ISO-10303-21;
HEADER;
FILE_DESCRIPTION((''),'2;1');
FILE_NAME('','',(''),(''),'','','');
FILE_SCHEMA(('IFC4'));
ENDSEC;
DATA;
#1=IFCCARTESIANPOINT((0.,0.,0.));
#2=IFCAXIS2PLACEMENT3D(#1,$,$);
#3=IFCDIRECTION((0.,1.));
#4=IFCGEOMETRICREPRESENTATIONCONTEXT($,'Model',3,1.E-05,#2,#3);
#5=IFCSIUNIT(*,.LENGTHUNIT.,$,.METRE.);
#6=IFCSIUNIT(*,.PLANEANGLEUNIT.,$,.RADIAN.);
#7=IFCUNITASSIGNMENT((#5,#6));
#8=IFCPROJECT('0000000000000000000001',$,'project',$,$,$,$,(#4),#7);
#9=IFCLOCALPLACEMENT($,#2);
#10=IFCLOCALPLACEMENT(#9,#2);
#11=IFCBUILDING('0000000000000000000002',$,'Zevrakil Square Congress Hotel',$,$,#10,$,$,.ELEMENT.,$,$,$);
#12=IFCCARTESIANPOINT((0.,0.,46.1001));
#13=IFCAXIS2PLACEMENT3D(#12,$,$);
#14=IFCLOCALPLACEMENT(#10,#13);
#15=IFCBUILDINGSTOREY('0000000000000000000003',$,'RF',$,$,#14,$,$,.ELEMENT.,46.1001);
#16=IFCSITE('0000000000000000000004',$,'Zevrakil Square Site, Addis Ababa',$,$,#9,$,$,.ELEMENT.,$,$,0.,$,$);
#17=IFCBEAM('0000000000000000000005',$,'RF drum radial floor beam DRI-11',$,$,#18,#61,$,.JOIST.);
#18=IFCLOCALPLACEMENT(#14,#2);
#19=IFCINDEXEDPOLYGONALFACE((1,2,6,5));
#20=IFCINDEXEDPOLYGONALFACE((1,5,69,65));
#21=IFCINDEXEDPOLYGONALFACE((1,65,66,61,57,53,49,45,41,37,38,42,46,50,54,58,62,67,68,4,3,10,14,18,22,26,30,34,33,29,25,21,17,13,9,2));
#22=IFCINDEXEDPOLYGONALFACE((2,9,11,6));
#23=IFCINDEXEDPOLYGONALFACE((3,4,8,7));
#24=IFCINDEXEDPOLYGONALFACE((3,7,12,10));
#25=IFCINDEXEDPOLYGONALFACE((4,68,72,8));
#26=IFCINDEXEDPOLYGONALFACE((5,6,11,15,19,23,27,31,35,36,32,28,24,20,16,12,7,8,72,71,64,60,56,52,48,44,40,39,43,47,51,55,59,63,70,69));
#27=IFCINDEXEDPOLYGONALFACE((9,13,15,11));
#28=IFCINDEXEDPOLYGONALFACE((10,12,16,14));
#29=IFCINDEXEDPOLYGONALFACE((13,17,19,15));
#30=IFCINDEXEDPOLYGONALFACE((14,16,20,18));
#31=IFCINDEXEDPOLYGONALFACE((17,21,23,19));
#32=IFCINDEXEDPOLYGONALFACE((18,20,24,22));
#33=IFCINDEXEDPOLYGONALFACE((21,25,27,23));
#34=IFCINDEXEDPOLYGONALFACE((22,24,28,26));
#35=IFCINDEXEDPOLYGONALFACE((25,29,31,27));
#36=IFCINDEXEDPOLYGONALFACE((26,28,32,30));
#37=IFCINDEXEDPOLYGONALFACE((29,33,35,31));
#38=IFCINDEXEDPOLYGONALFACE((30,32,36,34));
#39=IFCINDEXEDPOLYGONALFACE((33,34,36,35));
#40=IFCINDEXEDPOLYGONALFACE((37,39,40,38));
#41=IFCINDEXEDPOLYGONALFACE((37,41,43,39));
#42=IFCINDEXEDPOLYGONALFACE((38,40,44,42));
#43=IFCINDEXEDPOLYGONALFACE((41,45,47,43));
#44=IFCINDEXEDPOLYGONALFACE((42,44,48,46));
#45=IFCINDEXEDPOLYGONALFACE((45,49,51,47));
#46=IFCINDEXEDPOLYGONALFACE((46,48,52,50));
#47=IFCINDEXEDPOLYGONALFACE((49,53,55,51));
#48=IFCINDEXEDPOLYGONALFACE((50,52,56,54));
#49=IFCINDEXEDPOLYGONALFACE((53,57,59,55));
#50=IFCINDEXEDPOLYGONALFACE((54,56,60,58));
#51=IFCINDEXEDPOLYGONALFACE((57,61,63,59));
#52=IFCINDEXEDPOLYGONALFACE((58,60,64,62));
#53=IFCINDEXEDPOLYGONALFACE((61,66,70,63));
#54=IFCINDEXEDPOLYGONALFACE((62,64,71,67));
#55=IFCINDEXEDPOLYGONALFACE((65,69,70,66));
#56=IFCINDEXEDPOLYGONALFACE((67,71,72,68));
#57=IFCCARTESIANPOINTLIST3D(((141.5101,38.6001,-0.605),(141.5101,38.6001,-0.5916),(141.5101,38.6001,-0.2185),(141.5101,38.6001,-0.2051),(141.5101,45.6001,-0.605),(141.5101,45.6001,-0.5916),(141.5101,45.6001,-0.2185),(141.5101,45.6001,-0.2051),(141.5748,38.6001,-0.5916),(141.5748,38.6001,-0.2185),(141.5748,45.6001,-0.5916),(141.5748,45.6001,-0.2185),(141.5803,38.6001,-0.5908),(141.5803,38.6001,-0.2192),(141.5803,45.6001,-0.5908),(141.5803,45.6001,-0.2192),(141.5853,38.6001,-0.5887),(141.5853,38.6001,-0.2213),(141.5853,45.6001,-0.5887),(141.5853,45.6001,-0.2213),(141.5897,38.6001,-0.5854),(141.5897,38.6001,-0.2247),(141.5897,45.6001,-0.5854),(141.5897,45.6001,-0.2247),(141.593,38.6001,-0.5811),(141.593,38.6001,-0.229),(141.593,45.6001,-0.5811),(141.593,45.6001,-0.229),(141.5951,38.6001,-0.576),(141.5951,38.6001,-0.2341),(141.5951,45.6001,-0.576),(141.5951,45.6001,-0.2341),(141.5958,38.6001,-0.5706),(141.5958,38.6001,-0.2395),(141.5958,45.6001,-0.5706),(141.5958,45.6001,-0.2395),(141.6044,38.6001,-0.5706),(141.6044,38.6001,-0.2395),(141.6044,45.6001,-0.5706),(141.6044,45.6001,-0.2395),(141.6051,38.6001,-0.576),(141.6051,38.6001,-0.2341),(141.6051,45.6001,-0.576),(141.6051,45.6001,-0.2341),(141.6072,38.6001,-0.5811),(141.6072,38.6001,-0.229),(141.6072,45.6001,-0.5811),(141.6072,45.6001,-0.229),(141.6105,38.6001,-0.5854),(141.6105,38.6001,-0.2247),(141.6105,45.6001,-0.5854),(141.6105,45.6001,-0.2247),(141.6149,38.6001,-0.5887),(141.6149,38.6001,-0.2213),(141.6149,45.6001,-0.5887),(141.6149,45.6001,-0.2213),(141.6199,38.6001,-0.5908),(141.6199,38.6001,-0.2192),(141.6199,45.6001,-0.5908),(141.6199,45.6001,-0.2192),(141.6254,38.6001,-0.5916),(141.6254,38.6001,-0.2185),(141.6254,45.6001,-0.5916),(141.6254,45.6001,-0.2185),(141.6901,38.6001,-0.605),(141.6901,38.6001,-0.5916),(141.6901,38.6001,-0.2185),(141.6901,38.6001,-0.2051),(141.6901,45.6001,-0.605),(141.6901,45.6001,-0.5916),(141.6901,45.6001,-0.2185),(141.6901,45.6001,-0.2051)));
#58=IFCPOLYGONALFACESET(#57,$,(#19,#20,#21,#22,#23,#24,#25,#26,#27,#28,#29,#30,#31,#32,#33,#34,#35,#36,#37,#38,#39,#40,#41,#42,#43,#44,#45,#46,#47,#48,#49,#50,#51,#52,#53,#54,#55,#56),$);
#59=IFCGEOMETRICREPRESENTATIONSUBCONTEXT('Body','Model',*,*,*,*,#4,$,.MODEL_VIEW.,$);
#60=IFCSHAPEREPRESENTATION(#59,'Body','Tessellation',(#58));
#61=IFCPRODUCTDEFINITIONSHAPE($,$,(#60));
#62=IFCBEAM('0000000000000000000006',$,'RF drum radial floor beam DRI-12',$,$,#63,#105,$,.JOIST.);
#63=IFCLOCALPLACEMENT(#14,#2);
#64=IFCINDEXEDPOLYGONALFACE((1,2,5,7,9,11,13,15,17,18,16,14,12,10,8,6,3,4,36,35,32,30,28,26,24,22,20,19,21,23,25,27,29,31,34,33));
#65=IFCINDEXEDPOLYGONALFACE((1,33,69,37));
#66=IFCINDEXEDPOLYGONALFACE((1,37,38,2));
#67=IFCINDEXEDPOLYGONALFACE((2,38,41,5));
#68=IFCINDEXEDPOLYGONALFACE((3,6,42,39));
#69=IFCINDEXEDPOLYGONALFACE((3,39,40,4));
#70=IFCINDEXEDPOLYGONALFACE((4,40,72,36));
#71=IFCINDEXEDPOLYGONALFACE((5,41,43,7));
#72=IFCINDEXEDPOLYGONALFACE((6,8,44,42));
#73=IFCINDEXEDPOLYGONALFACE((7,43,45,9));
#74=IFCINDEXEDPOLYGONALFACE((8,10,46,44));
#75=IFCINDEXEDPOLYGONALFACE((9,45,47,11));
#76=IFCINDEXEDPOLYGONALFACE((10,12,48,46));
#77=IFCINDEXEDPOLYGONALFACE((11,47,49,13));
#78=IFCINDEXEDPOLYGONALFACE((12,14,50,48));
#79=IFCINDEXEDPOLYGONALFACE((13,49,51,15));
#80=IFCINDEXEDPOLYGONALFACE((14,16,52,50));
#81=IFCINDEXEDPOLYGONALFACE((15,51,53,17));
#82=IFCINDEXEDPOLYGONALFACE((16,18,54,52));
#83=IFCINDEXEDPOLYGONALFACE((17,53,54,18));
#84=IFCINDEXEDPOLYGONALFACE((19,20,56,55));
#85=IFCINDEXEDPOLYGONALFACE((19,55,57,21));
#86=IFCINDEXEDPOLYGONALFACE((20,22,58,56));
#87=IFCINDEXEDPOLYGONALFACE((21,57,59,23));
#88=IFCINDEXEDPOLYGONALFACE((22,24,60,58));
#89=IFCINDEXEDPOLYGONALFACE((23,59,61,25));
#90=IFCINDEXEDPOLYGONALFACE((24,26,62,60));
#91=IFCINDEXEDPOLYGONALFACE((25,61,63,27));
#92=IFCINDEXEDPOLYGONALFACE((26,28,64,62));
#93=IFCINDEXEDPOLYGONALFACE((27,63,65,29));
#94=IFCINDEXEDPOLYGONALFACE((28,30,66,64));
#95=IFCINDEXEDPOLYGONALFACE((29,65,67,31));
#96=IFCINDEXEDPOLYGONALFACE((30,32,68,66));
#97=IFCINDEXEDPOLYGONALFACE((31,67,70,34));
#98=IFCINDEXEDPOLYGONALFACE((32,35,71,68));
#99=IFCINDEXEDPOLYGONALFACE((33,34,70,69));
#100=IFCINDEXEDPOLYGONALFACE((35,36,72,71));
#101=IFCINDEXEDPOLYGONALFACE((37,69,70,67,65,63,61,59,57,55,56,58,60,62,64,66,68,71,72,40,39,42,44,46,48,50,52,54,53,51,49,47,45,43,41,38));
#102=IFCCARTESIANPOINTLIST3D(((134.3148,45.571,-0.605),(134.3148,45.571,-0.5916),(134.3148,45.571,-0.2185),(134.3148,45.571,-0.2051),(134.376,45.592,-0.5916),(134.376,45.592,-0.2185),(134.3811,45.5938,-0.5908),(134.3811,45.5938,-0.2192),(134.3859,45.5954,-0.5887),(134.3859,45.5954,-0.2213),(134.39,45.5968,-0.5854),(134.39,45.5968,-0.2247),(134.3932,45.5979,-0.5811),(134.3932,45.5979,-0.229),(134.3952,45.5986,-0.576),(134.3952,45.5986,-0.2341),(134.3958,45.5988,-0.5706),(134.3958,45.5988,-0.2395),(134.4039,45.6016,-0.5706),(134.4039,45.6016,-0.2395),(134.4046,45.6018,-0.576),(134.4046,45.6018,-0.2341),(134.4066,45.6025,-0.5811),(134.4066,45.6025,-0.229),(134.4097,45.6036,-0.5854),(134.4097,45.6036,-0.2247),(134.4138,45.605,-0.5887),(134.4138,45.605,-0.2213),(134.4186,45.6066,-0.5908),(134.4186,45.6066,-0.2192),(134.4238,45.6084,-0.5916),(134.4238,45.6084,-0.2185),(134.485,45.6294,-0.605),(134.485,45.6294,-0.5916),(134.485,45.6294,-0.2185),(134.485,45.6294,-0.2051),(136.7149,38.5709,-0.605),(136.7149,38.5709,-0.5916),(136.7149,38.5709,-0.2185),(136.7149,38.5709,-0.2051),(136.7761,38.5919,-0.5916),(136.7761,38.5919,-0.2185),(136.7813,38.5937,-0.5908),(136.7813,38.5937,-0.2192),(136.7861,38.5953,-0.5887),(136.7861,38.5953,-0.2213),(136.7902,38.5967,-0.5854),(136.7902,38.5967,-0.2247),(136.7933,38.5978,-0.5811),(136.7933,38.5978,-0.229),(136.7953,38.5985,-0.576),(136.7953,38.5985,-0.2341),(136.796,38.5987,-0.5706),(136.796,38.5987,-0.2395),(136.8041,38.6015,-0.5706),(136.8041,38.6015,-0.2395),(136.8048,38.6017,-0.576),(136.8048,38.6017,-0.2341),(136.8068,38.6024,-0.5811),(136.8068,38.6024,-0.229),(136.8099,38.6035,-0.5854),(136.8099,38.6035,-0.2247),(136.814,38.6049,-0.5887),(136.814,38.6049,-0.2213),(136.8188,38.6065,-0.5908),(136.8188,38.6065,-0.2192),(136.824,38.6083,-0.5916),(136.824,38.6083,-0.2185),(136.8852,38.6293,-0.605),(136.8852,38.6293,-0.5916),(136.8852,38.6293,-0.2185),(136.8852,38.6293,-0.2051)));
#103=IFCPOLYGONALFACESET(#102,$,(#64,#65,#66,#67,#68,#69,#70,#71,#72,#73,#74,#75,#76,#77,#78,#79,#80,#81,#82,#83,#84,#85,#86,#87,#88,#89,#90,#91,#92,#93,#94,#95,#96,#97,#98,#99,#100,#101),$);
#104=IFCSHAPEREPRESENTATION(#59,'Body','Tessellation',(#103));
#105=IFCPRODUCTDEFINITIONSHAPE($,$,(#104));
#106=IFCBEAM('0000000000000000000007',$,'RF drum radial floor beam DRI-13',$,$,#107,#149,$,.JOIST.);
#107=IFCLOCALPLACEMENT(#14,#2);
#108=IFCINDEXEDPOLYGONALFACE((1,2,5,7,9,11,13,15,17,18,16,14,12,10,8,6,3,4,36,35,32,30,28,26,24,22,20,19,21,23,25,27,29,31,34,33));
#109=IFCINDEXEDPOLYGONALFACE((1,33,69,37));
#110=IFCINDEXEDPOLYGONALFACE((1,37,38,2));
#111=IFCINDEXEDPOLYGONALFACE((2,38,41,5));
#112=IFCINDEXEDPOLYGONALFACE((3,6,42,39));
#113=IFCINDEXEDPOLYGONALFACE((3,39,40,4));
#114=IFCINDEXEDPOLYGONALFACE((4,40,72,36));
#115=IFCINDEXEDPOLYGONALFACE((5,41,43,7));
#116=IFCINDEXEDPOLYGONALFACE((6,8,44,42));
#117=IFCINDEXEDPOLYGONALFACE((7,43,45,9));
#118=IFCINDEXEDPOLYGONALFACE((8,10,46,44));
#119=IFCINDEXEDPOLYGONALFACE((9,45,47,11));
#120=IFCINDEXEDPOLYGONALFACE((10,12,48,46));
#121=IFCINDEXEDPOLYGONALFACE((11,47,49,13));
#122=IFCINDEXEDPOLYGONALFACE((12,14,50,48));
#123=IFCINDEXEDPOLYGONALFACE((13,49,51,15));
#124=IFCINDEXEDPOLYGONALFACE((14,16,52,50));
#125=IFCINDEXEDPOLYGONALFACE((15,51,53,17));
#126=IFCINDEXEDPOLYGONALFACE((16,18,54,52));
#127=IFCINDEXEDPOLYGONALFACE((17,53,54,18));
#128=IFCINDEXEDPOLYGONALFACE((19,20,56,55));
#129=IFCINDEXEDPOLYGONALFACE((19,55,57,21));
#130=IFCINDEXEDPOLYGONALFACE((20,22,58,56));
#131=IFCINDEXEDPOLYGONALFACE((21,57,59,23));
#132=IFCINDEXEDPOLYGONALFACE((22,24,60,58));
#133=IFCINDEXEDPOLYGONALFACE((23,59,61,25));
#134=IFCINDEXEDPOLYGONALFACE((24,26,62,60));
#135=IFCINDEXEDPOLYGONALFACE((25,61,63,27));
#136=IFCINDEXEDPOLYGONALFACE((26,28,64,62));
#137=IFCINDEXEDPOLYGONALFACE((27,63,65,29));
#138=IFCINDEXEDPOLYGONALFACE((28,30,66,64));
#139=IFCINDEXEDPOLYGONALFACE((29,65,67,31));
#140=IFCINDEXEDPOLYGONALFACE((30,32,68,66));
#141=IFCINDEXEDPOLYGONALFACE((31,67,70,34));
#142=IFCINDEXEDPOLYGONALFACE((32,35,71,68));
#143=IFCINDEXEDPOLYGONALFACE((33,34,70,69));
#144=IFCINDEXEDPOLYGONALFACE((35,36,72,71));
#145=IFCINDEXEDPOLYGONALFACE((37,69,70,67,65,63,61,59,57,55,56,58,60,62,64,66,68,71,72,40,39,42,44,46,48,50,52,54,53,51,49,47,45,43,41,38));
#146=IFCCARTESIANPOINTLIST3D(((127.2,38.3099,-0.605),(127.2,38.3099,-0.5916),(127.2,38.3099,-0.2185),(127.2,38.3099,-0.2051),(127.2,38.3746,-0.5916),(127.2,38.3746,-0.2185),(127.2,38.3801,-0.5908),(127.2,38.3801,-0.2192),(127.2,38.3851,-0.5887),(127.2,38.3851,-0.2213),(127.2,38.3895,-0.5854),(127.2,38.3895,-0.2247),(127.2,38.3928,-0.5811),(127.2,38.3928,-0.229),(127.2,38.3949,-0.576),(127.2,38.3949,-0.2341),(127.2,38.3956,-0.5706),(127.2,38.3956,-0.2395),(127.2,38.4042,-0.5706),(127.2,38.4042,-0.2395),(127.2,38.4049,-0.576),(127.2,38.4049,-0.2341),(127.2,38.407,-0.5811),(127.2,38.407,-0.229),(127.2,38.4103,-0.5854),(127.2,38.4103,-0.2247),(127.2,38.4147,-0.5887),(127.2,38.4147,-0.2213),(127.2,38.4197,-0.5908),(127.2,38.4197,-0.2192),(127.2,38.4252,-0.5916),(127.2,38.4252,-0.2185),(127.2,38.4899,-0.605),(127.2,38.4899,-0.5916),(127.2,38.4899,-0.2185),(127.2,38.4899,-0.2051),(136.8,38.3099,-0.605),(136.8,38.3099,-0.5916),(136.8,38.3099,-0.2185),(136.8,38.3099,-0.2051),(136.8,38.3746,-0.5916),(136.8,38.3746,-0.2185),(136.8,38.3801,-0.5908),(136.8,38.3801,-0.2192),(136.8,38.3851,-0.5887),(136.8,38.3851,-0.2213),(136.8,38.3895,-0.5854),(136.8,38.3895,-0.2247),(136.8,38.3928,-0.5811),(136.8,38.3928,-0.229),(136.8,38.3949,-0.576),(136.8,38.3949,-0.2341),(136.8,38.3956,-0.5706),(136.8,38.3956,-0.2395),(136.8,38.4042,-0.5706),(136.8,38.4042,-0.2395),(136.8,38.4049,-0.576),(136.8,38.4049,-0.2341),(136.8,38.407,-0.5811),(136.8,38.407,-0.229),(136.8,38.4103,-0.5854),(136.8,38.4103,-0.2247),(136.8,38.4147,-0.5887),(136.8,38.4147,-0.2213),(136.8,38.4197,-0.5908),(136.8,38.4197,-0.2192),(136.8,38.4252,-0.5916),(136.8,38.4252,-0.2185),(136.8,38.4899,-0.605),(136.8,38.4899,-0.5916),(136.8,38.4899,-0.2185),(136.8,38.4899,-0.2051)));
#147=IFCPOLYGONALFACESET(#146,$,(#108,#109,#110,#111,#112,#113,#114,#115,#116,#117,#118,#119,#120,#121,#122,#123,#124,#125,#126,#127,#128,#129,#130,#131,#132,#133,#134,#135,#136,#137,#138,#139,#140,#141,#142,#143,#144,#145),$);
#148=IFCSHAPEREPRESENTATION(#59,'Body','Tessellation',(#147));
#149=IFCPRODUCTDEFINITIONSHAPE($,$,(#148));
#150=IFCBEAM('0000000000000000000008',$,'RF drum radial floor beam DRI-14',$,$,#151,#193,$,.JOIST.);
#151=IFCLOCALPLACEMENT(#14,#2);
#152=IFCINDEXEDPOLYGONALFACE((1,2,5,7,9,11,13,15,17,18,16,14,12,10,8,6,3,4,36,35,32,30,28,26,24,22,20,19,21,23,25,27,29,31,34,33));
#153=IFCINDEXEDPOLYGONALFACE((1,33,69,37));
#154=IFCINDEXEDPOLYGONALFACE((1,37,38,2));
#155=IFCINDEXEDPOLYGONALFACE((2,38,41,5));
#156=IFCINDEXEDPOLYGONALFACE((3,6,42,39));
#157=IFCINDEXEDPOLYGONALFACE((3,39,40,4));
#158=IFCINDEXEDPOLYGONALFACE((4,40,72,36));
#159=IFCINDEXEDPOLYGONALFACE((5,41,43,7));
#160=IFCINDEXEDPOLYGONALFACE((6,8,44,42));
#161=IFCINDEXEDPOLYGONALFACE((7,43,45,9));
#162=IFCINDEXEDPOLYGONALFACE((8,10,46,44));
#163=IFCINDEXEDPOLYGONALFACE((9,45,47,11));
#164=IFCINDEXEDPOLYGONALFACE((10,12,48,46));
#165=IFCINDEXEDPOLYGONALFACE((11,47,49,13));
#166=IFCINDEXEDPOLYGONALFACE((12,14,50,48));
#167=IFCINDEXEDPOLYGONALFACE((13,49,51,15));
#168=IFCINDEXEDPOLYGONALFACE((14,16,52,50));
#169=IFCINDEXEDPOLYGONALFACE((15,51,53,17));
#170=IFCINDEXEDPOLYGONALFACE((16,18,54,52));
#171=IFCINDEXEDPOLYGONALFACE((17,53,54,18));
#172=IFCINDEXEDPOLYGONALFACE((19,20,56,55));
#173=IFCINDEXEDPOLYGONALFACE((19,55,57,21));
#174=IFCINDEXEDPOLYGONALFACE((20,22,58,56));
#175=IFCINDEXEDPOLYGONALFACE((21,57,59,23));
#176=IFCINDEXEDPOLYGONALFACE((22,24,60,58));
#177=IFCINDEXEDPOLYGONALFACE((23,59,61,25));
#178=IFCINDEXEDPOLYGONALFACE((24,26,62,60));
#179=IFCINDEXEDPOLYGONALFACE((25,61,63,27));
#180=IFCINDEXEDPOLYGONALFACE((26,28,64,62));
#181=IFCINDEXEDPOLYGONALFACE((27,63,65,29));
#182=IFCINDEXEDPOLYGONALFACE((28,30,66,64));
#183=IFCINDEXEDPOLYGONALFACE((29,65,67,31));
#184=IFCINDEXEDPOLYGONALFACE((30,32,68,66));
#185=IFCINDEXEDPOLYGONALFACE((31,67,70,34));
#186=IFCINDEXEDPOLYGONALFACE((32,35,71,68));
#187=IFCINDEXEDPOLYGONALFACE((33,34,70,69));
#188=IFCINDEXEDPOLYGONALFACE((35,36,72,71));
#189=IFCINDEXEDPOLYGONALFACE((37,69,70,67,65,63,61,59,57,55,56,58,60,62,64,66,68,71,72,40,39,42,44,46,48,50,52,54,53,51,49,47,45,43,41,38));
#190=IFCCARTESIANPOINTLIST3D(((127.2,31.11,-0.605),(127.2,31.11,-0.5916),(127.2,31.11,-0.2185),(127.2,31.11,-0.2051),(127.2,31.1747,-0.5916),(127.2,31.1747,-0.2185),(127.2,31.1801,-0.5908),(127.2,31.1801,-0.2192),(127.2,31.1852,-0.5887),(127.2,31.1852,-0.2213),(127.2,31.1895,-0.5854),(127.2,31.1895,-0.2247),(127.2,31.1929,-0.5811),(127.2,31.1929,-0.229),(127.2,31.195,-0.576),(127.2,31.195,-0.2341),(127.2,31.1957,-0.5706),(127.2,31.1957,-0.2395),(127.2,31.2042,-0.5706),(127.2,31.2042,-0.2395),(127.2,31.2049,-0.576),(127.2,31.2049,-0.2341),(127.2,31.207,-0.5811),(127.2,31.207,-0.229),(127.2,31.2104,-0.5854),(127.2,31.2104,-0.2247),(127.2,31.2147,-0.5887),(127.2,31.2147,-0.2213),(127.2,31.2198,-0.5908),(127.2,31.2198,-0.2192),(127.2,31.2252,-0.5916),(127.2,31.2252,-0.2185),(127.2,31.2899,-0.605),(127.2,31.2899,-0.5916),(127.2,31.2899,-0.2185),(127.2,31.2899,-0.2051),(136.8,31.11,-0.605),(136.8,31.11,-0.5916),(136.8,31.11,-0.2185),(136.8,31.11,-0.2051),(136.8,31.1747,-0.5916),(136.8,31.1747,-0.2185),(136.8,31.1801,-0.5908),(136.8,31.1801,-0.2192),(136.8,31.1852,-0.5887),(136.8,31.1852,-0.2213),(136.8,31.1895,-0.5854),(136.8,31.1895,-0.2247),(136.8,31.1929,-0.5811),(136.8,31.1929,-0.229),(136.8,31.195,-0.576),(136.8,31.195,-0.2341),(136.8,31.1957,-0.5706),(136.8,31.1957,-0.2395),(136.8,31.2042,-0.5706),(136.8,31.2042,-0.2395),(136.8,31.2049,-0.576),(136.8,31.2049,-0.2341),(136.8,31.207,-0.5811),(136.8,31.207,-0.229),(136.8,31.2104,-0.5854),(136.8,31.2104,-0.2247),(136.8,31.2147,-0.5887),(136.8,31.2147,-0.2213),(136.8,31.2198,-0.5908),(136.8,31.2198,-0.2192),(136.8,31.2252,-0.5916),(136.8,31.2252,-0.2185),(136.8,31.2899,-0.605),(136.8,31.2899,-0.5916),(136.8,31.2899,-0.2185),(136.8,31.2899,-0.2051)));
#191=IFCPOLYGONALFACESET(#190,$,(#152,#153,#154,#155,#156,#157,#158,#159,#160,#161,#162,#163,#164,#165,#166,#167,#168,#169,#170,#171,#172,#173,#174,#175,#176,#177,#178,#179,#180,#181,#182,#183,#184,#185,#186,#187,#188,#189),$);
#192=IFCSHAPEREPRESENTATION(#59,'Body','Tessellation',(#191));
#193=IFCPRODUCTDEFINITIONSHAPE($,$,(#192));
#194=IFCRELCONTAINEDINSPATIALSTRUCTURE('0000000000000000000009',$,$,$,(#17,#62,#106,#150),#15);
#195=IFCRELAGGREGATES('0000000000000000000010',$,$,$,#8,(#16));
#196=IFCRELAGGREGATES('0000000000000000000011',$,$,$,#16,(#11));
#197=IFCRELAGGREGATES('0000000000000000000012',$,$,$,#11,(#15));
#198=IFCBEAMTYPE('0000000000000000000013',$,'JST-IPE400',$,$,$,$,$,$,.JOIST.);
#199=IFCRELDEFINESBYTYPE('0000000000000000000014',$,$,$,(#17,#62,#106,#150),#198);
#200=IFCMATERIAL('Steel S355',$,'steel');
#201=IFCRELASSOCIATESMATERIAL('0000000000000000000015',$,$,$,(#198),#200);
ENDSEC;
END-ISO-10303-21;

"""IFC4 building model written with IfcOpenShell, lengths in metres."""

from ifc_helpers import new_model, si_unit, direction, frame, origin, origin_2d, place, context, subcontext, project, spatial, i_section, extrude, material, material_profile, profile_set, type_object, element, save


model = new_model("IFC4")

# Units and contexts
model_context = context("Model", 3, precision=1e-05, world=origin(), true_north=direction((0.0, 1.0)))
body_context = subcontext(model_context, "Body", "Model", "MODEL_VIEW")
ifc_project = project(units=[si_unit("LENGTHUNIT", "METRE"), si_unit("PLANEANGLEUNIT", "RADIAN")], contexts=[model_context])

# Site, building, storey
site_placement = place(None, origin())
site = spatial("IfcSite", under=ifc_project, at=site_placement, Name="Zevrakil Square Site, Addis Ababa", CompositionType="ELEMENT", RefElevation=0.0)
building_placement = place(site_placement, origin())
building = spatial("IfcBuilding", under=site, at=building_placement, Name="Zevrakil Square Congress Hotel", CompositionType="ELEMENT")
storey_placement = place(building_placement, frame((0.0, 0.0, 46.1001)))
storey = spatial("IfcBuildingStorey", under=building, at=storey_placement, Name="RF", CompositionType="ELEMENT", Elevation=46.1001)

# Beams
ifc_material_1 = material(Name="Steel S355", Category="steel")
ifc_material_profile_1 = material_profile(ifc_material_1, i_section(OverallWidth=0.1799, OverallDepth=0.3999, WebThickness=0.0085, FlangeThickness=0.0134, FilletRadius=0.021, at=origin_2d()), Name="IPE 400")
ifc_profile_set_1 = profile_set([ifc_material_profile_1], Name="Steel S355")
beam_type_1 = type_object("IfcBeamType", Name="JST-IPE400", PredefinedType="JOIST", material=ifc_profile_set_1)
beam_1_placement = place(storey_placement, frame((141.6001, 38.6001, -0.405), z_axis=(0.0, 1.0, 0.0), x_axis=(-1.0, 0.0, 0.0)))
element("IfcBeam", 1, at=beam_1_placement, inside=storey, type_object=beam_type_1, Name="RF drum radial floor beam DRI-11", PredefinedType="JOIST", context=body_context, shape_type="SweptSolid", body=[
    extrude(i_section(OverallWidth=0.1799, OverallDepth=0.3999, WebThickness=0.0085, FlangeThickness=0.0134, FilletRadius=0.021, at=origin_2d()), origin(), (0.0, 0.0, 1.0), 7.0),
])
beam_2_placement = place(storey_placement, frame((136.8, 38.6001, -0.405), z_axis=(-0.324342, 0.94594, 0.0), x_axis=(-0.94594, -0.324342, 0.0)))
element("IfcBeam", 2, at=beam_2_placement, inside=storey, type_object=beam_type_1, Name="RF drum radial floor beam DRI-12", PredefinedType="JOIST", context=body_context, shape_type="SweptSolid", body=[
    extrude(i_section(OverallWidth=0.1799, OverallDepth=0.3999, WebThickness=0.0085, FlangeThickness=0.0134, FilletRadius=0.021, at=origin_2d()), origin(), (0.0, 0.0, 1.0), 7.4001),
])
for number, where, z_axis, x_axis, name in (
    (3, (136.8, 38.3999, -0.405), (-1.0, 0.0, 0.0), (0.0, -1.0, 0.0), "RF drum radial floor beam DRI-13"),
    (4, (136.8, 31.2, -0.405), (-1.0, 0.0, 0.0), (0.0, -1.0, 0.0), "RF drum radial floor beam DRI-14"),
):
    element("IfcBeam", number, at=place(storey_placement, frame(where, z_axis=z_axis, x_axis=x_axis)), inside=storey, type_object=beam_type_1, Name=name, PredefinedType="JOIST", context=body_context, shape_type="SweptSolid", body=[
        extrude(i_section(OverallWidth=0.1799, OverallDepth=0.3999, WebThickness=0.0085, FlangeThickness=0.0134, FilletRadius=0.021, at=origin_2d()), origin(), (0.0, 0.0, 1.0), 9.6001),
    ])

save(model, "model.ifc")
